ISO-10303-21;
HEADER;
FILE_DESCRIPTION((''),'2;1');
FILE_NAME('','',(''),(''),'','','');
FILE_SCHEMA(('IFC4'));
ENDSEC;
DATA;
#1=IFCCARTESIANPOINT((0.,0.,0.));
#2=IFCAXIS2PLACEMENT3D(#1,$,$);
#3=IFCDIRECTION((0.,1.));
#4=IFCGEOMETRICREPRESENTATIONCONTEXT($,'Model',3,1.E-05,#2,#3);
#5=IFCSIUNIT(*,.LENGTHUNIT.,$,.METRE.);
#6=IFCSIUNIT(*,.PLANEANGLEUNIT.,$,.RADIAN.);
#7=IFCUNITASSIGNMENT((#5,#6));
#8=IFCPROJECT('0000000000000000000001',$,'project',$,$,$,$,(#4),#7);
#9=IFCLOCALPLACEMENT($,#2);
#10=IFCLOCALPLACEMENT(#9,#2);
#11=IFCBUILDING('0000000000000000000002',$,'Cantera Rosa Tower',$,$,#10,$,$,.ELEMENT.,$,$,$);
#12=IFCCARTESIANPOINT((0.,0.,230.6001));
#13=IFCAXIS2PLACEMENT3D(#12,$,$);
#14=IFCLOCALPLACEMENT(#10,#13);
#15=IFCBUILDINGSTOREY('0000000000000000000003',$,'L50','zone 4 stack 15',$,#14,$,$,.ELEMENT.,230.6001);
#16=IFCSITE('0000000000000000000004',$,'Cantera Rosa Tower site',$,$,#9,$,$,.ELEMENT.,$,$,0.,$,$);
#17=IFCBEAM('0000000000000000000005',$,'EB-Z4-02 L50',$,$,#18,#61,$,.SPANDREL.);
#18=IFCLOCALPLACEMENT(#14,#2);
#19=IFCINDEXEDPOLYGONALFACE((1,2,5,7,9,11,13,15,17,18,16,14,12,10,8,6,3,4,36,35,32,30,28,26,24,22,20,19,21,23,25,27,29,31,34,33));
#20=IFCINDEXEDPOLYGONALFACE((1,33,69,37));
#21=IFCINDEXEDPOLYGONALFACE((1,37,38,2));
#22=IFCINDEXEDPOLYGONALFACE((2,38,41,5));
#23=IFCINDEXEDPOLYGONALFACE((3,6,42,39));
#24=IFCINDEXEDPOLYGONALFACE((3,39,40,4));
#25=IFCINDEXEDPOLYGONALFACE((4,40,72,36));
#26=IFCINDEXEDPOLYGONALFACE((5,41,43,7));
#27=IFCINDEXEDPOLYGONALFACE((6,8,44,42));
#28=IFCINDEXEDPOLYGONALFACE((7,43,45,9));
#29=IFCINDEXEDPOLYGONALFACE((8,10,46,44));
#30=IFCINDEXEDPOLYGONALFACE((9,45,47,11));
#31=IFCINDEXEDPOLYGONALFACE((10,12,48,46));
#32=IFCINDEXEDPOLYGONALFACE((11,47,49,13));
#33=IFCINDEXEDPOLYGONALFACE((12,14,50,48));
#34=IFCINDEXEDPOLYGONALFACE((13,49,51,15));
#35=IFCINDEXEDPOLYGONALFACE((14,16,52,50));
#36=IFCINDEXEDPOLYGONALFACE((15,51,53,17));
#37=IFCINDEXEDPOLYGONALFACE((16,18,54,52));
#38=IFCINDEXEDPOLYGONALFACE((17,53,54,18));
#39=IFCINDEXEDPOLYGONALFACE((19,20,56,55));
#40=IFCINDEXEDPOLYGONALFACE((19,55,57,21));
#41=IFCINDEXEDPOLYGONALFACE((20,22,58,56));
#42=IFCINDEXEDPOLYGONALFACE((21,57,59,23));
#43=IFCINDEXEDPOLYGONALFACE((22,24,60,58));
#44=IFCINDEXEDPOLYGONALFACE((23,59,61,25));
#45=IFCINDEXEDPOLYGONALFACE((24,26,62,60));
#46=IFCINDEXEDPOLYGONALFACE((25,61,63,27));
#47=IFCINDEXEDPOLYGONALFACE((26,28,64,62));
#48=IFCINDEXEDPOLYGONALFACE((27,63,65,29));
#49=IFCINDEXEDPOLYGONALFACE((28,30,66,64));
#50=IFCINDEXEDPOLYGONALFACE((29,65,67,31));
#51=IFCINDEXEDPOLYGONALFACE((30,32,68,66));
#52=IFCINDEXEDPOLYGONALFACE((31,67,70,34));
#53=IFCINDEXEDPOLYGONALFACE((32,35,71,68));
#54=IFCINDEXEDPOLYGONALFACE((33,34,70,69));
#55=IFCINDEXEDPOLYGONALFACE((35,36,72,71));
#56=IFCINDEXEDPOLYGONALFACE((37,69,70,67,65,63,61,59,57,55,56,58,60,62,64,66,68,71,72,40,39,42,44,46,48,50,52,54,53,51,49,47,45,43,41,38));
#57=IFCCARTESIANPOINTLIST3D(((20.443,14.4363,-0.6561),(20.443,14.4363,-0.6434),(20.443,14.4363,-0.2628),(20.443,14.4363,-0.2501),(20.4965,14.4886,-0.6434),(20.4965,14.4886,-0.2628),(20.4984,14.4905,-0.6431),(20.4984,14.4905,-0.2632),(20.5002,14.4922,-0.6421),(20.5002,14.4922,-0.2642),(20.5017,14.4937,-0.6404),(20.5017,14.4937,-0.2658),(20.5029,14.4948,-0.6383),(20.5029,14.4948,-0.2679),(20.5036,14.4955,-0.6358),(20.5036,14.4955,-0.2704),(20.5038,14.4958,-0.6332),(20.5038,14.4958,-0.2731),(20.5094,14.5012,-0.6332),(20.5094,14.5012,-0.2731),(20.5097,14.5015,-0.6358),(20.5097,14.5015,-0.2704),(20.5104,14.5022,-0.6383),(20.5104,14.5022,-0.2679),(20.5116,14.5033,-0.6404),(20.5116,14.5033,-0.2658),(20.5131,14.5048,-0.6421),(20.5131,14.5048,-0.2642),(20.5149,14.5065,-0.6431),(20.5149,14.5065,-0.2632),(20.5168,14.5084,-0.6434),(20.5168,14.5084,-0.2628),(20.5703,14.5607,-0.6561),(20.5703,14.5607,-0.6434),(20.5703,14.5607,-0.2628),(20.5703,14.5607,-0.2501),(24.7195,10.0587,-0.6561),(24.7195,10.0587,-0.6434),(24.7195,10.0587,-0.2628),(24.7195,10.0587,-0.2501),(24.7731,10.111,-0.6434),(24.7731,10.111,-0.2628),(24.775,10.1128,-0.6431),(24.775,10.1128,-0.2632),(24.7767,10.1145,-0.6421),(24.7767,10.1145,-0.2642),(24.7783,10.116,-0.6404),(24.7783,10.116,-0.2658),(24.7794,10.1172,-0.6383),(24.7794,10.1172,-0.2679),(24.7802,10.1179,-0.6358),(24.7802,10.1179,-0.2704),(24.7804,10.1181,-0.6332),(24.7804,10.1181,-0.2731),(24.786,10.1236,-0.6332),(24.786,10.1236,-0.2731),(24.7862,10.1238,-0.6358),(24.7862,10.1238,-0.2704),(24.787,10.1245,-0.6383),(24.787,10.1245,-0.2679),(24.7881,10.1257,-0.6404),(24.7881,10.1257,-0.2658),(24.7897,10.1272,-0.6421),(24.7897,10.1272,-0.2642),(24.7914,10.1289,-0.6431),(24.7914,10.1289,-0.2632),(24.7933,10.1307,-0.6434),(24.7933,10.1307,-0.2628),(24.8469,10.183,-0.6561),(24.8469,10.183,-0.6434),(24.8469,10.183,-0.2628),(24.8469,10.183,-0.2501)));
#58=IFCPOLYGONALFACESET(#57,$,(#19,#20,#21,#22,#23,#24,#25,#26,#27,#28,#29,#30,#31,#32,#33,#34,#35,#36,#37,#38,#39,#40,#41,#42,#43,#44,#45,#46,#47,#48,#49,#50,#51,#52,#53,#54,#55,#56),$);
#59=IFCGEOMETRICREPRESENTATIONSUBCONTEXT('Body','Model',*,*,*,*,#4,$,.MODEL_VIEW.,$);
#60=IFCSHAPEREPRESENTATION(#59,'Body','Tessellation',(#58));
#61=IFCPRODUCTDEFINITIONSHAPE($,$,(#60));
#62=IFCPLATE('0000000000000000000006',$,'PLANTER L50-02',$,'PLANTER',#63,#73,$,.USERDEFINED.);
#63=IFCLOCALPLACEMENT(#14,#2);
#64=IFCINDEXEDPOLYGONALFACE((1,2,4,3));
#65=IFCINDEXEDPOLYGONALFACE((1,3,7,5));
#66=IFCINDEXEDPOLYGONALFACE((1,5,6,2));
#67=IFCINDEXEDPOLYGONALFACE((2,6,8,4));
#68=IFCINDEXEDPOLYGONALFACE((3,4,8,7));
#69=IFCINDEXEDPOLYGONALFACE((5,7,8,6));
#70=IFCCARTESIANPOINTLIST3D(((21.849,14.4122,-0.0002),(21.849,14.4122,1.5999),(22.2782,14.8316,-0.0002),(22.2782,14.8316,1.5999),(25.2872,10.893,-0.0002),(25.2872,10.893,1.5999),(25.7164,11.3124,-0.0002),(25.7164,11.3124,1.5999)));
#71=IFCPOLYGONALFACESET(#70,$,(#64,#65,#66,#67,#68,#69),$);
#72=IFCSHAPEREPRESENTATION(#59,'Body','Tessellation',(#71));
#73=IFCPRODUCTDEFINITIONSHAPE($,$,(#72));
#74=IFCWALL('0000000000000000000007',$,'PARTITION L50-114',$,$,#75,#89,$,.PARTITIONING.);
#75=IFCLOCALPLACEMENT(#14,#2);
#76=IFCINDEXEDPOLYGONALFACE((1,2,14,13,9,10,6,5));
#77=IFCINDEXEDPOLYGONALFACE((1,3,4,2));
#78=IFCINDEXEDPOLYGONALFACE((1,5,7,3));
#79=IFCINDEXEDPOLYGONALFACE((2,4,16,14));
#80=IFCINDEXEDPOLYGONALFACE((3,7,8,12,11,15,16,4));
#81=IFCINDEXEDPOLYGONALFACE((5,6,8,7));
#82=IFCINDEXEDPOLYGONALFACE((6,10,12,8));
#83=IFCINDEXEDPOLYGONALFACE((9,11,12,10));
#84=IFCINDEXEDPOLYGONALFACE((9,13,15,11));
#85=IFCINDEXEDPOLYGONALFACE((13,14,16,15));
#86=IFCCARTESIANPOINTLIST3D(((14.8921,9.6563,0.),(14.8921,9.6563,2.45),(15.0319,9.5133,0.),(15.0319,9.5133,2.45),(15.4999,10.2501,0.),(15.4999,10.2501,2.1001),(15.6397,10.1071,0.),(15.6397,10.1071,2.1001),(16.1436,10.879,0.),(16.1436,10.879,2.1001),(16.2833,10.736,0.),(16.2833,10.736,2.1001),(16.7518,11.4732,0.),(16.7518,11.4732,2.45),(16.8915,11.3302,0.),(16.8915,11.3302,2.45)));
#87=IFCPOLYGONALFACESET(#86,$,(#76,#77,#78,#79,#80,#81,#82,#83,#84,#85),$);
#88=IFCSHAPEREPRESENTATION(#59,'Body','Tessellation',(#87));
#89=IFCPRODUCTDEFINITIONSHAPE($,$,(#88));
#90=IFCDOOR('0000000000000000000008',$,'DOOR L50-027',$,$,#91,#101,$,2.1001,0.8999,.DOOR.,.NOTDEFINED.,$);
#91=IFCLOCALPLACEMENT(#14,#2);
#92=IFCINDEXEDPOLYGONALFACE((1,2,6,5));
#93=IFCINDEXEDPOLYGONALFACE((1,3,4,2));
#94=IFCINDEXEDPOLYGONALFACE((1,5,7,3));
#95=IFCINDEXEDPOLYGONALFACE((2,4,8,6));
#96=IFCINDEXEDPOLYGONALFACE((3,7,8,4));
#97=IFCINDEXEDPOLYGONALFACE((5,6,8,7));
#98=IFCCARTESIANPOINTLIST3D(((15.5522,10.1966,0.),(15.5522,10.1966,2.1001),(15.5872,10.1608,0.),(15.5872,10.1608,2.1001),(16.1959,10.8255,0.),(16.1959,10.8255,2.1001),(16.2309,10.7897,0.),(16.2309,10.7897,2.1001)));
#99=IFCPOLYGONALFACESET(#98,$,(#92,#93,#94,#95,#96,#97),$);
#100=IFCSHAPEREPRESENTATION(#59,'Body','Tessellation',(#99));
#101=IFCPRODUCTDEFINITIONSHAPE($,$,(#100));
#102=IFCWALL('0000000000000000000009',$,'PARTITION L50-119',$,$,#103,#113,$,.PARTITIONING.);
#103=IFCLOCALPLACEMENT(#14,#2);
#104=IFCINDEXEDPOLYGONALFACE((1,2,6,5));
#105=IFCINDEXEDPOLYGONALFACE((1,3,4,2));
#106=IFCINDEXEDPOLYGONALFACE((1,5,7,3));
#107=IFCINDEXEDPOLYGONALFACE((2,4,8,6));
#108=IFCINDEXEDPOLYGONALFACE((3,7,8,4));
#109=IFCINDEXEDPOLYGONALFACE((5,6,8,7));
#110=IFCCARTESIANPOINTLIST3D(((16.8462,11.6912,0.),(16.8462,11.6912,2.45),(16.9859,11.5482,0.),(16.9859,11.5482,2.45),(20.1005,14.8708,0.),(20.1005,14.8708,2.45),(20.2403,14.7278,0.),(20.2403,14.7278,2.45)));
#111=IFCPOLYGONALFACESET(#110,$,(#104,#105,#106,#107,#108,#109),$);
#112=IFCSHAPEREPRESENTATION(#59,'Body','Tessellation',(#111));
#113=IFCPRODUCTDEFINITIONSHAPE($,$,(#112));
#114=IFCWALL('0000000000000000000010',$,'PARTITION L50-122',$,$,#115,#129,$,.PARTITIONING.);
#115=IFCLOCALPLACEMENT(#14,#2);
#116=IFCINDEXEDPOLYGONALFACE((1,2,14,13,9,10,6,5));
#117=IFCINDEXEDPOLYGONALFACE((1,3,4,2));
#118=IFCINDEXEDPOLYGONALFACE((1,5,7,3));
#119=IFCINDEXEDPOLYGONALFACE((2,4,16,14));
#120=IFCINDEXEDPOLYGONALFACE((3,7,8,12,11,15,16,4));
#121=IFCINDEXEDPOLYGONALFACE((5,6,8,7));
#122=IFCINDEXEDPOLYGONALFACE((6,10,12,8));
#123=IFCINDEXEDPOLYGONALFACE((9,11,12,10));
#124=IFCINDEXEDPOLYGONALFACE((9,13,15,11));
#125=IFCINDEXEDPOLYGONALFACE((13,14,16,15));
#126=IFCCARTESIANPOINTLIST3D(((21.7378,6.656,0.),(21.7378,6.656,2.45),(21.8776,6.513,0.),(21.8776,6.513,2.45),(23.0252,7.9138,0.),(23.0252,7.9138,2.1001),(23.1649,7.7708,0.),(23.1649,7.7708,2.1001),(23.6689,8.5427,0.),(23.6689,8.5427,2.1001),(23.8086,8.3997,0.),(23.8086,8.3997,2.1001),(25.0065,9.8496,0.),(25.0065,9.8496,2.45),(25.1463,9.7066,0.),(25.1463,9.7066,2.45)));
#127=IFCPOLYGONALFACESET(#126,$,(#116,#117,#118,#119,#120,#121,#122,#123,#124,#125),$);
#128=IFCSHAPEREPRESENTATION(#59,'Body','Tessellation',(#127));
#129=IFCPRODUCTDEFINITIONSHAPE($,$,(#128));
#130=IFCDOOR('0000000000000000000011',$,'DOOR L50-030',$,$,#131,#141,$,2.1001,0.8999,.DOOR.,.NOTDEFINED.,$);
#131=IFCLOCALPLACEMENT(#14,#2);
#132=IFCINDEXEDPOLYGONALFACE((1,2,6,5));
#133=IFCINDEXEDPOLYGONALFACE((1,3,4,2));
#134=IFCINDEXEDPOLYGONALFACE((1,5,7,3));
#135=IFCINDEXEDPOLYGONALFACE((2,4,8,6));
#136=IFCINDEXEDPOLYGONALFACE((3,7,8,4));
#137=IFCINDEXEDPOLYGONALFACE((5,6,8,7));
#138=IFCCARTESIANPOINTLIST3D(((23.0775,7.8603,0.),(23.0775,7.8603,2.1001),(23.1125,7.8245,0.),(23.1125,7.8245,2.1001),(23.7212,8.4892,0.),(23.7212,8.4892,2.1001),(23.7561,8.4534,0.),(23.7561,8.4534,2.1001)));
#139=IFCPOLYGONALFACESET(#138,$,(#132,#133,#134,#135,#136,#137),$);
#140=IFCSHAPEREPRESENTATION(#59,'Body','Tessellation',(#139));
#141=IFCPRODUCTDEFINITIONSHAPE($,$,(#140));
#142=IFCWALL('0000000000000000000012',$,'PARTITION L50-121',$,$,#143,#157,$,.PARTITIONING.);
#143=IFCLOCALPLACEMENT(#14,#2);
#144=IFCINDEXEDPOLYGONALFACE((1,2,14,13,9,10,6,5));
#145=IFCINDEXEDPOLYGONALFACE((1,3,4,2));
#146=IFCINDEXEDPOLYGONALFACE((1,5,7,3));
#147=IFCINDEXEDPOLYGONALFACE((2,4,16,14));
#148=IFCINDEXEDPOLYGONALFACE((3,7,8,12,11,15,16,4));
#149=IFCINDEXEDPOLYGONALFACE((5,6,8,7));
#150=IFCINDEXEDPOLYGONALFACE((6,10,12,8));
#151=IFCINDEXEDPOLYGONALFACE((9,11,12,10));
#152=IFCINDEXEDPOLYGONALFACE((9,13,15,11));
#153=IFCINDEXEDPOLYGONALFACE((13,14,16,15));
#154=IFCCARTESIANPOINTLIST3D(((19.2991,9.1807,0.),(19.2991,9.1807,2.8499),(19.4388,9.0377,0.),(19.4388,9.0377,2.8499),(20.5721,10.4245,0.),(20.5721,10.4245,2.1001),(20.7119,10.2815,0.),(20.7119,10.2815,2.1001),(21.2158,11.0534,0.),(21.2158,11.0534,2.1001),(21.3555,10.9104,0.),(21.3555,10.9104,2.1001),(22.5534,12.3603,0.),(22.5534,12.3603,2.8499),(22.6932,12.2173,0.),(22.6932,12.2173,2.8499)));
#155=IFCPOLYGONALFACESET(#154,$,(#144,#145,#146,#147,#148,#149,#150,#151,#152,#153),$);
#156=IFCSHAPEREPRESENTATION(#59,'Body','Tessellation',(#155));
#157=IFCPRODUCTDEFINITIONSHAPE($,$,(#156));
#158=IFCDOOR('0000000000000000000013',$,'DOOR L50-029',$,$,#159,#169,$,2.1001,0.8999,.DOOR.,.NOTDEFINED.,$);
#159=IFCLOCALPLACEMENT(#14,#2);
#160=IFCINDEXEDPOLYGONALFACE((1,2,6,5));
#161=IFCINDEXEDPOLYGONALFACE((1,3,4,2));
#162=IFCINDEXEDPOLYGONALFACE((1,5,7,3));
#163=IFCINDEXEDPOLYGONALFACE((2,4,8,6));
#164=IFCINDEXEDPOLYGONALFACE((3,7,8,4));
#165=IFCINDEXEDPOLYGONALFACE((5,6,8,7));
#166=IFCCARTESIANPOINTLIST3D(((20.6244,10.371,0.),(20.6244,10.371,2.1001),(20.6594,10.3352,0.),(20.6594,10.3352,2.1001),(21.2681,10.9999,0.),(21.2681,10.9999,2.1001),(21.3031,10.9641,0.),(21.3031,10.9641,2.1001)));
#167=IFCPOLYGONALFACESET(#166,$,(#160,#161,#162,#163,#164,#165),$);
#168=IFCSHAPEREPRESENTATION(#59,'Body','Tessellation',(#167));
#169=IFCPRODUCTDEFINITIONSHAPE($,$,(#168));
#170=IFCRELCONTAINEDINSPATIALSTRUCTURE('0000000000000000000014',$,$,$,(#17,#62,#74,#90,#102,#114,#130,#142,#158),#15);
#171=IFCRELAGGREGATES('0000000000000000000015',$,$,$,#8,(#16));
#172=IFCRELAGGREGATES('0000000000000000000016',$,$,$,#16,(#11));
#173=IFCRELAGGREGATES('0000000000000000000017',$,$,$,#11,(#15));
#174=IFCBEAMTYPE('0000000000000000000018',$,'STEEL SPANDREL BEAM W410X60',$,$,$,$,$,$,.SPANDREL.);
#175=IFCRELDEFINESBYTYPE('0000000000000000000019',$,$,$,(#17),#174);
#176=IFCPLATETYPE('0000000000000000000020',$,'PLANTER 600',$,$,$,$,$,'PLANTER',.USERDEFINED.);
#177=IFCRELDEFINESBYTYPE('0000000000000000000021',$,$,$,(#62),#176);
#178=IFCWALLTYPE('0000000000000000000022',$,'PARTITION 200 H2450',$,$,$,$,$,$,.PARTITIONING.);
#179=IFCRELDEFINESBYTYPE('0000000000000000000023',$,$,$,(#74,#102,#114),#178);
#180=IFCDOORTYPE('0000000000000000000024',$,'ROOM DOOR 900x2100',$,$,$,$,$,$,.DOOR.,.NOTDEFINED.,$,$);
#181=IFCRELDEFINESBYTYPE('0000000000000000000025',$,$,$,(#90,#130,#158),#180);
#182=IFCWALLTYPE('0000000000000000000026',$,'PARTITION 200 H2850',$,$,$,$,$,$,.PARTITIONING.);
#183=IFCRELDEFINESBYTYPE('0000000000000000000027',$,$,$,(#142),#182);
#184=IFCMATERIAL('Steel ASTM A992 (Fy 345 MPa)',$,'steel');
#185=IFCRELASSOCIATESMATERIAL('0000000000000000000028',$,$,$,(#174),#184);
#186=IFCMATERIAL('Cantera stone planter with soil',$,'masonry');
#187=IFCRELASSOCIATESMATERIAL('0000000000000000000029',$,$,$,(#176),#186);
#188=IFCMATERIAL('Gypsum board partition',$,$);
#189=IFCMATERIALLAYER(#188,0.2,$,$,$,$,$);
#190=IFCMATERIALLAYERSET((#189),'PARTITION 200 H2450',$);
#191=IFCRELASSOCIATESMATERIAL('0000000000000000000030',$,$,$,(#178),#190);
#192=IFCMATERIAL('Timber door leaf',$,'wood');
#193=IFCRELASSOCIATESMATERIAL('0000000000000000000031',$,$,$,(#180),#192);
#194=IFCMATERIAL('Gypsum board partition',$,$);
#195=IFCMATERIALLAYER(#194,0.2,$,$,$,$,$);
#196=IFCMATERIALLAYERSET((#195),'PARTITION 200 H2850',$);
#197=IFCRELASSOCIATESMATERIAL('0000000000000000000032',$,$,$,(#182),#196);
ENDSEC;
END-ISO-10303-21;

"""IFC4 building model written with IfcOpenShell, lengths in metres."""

from ifc_helpers import new_model, si_unit, direction, frame, frame_2d, origin, origin_2d, place, context, subcontext, project, spatial, rectangle, i_section, extrude, material, layer, layer_set, material_profile, profile_set, type_object, element, fill, save


model = new_model("IFC4")

# Units and contexts
model_context = context("Model", 3, precision=1e-05, world=origin(), true_north=direction((0.0, 1.0)))
body_context = subcontext(model_context, "Body", "Model", "MODEL_VIEW")
ifc_project = project(units=[si_unit("LENGTHUNIT", "METRE"), si_unit("PLANEANGLEUNIT", "RADIAN")], contexts=[model_context])

# Site, building, storey
site_placement = place(None, origin())
site = spatial("IfcSite", under=ifc_project, at=site_placement, Name="Cantera Rosa Tower site", CompositionType="ELEMENT", RefElevation=0.0)
building_placement = place(site_placement, origin())
building = spatial("IfcBuilding", under=site, at=building_placement, Name="Cantera Rosa Tower", CompositionType="ELEMENT")
storey_placement = place(building_placement, frame((0.0, 0.0, 230.6001)))
storey = spatial("IfcBuildingStorey", under=building, at=storey_placement, Name="L50", Description="zone 4 stack 15", CompositionType="ELEMENT", Elevation=230.6001)

# Beam
ifc_material_1 = material(Name="Steel ASTM A992 (Fy 345 MPa)", Category="steel")
ifc_material_profile_1 = material_profile(ifc_material_1, i_section(OverallWidth=0.178, OverallDepth=0.406, WebThickness=0.0078, FlangeThickness=0.0127, FilletRadius=0.0103, at=origin_2d()), Name="W410X60")
ifc_profile_set_1 = profile_set([ifc_material_profile_1], Name="Steel ASTM A992 (Fy 345 MPa)")
beam_type_1 = type_object("IfcBeamType", Name="STEEL SPANDREL BEAM W410X60", PredefinedType="SPANDREL", material=ifc_profile_set_1)
beam_1_placement = place(storey_placement, frame((24.7832, 10.1208, -0.4531), z_axis=(-0.698801, 0.715316, 0.0), x_axis=(-0.715316, -0.698801, 0.0)))
element("IfcBeam", 1, at=beam_1_placement, inside=storey, type_object=beam_type_1, Name="EB-Z4-02 L50", PredefinedType="SPANDREL", context=body_context, shape_type="SweptSolid", body=[
    extrude(i_section(OverallWidth=0.178, OverallDepth=0.406, WebThickness=0.0078, FlangeThickness=0.0127, FilletRadius=0.0103, at=origin_2d()), origin(), (0.0, 0.0, 1.0), 6.1199),
])

# Plate
ifc_material_2 = material(Name="Cantera stone planter with soil", Category="masonry")
plate_type = type_object("IfcPlateType", Name="PLANTER 600", ElementType="PLANTER", PredefinedType="USERDEFINED", material=ifc_material_2)
plate_placement = place(storey_placement, frame((23.7827, 12.8623, -0.0002), z_axis=(0.0, 0.0, 1.0), x_axis=(-0.698832, 0.715286, 0.0)))
element("IfcPlate", 2, at=plate_placement, inside=storey, type_object=plate_type, Name="PLANTER L50-02", ObjectType="PLANTER", PredefinedType="USERDEFINED", context=body_context, shape_type="SweptSolid", body=[
    extrude(rectangle(XDim=4.9199, YDim=0.6001, at=origin_2d()), origin(), (0.0, 0.0, 1.0), 1.6001),
])

# Wall, opening, door
ifc_material_3 = material(Name="Gypsum board partition")
ifc_layer_1 = layer(ifc_material_3, 0.2)
ifc_layer_set_1 = layer_set([ifc_layer_1], Name="PARTITION 200 H2450")
wall_type_1 = type_object("IfcWallType", Name="PARTITION 200 H2450", PredefinedType="PARTITIONING", material=ifc_layer_set_1)
wall_1_placement = place(storey_placement, frame((16.8215, 11.4016, 0.0), z_axis=(0.0, 0.0, 1.0), x_axis=(-0.715276, -0.698842, 0.0)))
wall_1 = element("IfcWall", 3, at=wall_1_placement, inside=storey, type_object=wall_type_1, Name="PARTITION L50-114", PredefinedType="PARTITIONING", context=body_context, shape_type="SweptSolid", body=[
    extrude(rectangle(XDim=2.5999, YDim=0.2, at=frame_2d((1.2998, 0.0))), origin(), (0.0, 0.0, 1.0), 2.45),
])
opening_1_placement = place(wall_1_placement, frame((0.8501, 0.0, 0.0)))
opening_1 = element("IfcOpeningElement", 4, at=opening_1_placement, cuts=wall_1, PredefinedType="OPENING", context=body_context, shape_type="SweptSolid", body=[
    extrude(rectangle(XDim=0.8999, YDim=2.1001, at=frame_2d((0.45, 1.05))), frame((0.0, 0.1099, 0.0), z_axis=(0.0, -1.0, 0.0), x_axis=(1.0, 0.0, 0.0)), (0.0, 0.0, 1.0), 0.22),
])
ifc_material_4 = material(Name="Timber door leaf", Category="wood")
door_type_1 = type_object("IfcDoorType", Name="ROOM DOOR 900x2100", OperationType="NOTDEFINED", PredefinedType="DOOR", material=ifc_material_4)
door_1_placement = place(opening_1_placement, origin())
door_1 = element("IfcDoor", 5, at=door_1_placement, inside=storey, type_object=door_type_1, Name="DOOR L50-027", OperationType="NOTDEFINED", OverallHeight=2.1001, OverallWidth=0.8999, PredefinedType="DOOR", context=body_context, shape_type="SweptSolid", body=[
    extrude(rectangle(XDim=0.8999, YDim=2.1001, at=frame_2d((0.45, 1.05))), frame((0.0, 0.0249, 0.0), z_axis=(0.0, -1.0, 0.0), x_axis=(1.0, 0.0, 0.0)), (0.0, 0.0, 1.0), 0.05),
])
fill(opening_1, door_1)

# Wall
wall_2_placement = place(storey_placement, frame((20.1704, 14.7993, 0.0), z_axis=(0.0, 0.0, 1.0), x_axis=(-0.715269, -0.698849, 0.0)))
element("IfcWall", 6, at=wall_2_placement, inside=storey, type_object=wall_type_1, Name="PARTITION L50-119", PredefinedType="PARTITIONING", context=body_context, shape_type="SweptSolid", body=[
    extrude(rectangle(XDim=4.5498, YDim=0.2, at=frame_2d((2.2749, 0.0))), origin(), (0.0, 0.0, 1.0), 2.45),
])

# Walls, openings, doors
wall_3_placement = place(storey_placement, frame((25.0764, 9.7781, 0.0), z_axis=(0.0, 0.0, 1.0), x_axis=(-0.715286, -0.698832, 0.0)))
wall_3 = element("IfcWall", 7, at=wall_3_placement, inside=storey, type_object=wall_type_1, Name="PARTITION L50-122", PredefinedType="PARTITIONING", context=body_context, shape_type="SweptSolid", body=[
    extrude(rectangle(XDim=4.5698, YDim=0.2, at=frame_2d((2.2849, 0.0))), origin(), (0.0, 0.0, 1.0), 2.45),
])
opening_2_placement = place(wall_3_placement, frame((1.8701, 0.0, 0.0)))
opening_2 = element("IfcOpeningElement", 8, at=opening_2_placement, cuts=wall_3, PredefinedType="OPENING", context=body_context, shape_type="SweptSolid", body=[
    extrude(rectangle(XDim=0.8999, YDim=2.1001, at=frame_2d((0.45, 1.05))), frame((0.0, 0.1099, 0.0), z_axis=(0.0, -1.0, 0.0), x_axis=(1.0, 0.0, 0.0)), (0.0, 0.0, 1.0), 0.22),
])
door_2_placement = place(opening_2_placement, origin())
door_2 = element("IfcDoor", 9, at=door_2_placement, inside=storey, type_object=door_type_1, Name="DOOR L50-030", OperationType="NOTDEFINED", OverallHeight=2.1001, OverallWidth=0.8999, PredefinedType="DOOR", context=body_context, shape_type="SweptSolid", body=[
    extrude(rectangle(XDim=0.8999, YDim=2.1001, at=frame_2d((0.45, 1.05))), frame((0.0, 0.0249, 0.0), z_axis=(0.0, -1.0, 0.0), x_axis=(1.0, 0.0, 0.0)), (0.0, 0.0, 1.0), 0.05),
])
fill(opening_2, door_2)
ifc_material_5 = material(Name="Gypsum board partition")
ifc_layer_2 = layer(ifc_material_5, 0.2)
ifc_layer_set_2 = layer_set([ifc_layer_2], Name="PARTITION 200 H2850")
wall_type_2 = type_object("IfcWallType", Name="PARTITION 200 H2850", PredefinedType="PARTITIONING", material=ifc_layer_set_2)
wall_4_placement = place(storey_placement, frame((22.6233, 12.2888, 0.0), z_axis=(0.0, 0.0, 1.0), x_axis=(-0.715269, -0.698849, 0.0)))
wall_4 = element("IfcWall", 10, at=wall_4_placement, inside=storey, type_object=wall_type_2, Name="PARTITION L50-121", PredefinedType="PARTITIONING", context=body_context, shape_type="SweptSolid", body=[
    extrude(rectangle(XDim=4.5498, YDim=0.2, at=frame_2d((2.2749, 0.0))), origin(), (0.0, 0.0, 1.0), 2.8499),
])
opening_3_placement = place(wall_4_placement, frame((1.8701, 0.0, 0.0)))
opening_3 = element("IfcOpeningElement", 11, at=opening_3_placement, cuts=wall_4, PredefinedType="OPENING", context=body_context, shape_type="SweptSolid", body=[
    extrude(rectangle(XDim=0.8999, YDim=2.1001, at=frame_2d((0.45, 1.05))), frame((0.0, 0.1099, 0.0), z_axis=(0.0, -1.0, 0.0), x_axis=(1.0, 0.0, 0.0)), (0.0, 0.0, 1.0), 0.22),
])
door_3_placement = place(opening_3_placement, origin())
door_3 = element("IfcDoor", 12, at=door_3_placement, inside=storey, type_object=door_type_1, Name="DOOR L50-029", OperationType="NOTDEFINED", OverallHeight=2.1001, OverallWidth=0.8999, PredefinedType="DOOR", context=body_context, shape_type="SweptSolid", body=[
    extrude(rectangle(XDim=0.8999, YDim=2.1001, at=frame_2d((0.45, 1.05))), frame((0.0, 0.0249, 0.0), z_axis=(0.0, -1.0, 0.0), x_axis=(1.0, 0.0, 0.0)), (0.0, 0.0, 1.0), 0.05),
])
fill(opening_3, door_3)

save(model, "model.ifc")
